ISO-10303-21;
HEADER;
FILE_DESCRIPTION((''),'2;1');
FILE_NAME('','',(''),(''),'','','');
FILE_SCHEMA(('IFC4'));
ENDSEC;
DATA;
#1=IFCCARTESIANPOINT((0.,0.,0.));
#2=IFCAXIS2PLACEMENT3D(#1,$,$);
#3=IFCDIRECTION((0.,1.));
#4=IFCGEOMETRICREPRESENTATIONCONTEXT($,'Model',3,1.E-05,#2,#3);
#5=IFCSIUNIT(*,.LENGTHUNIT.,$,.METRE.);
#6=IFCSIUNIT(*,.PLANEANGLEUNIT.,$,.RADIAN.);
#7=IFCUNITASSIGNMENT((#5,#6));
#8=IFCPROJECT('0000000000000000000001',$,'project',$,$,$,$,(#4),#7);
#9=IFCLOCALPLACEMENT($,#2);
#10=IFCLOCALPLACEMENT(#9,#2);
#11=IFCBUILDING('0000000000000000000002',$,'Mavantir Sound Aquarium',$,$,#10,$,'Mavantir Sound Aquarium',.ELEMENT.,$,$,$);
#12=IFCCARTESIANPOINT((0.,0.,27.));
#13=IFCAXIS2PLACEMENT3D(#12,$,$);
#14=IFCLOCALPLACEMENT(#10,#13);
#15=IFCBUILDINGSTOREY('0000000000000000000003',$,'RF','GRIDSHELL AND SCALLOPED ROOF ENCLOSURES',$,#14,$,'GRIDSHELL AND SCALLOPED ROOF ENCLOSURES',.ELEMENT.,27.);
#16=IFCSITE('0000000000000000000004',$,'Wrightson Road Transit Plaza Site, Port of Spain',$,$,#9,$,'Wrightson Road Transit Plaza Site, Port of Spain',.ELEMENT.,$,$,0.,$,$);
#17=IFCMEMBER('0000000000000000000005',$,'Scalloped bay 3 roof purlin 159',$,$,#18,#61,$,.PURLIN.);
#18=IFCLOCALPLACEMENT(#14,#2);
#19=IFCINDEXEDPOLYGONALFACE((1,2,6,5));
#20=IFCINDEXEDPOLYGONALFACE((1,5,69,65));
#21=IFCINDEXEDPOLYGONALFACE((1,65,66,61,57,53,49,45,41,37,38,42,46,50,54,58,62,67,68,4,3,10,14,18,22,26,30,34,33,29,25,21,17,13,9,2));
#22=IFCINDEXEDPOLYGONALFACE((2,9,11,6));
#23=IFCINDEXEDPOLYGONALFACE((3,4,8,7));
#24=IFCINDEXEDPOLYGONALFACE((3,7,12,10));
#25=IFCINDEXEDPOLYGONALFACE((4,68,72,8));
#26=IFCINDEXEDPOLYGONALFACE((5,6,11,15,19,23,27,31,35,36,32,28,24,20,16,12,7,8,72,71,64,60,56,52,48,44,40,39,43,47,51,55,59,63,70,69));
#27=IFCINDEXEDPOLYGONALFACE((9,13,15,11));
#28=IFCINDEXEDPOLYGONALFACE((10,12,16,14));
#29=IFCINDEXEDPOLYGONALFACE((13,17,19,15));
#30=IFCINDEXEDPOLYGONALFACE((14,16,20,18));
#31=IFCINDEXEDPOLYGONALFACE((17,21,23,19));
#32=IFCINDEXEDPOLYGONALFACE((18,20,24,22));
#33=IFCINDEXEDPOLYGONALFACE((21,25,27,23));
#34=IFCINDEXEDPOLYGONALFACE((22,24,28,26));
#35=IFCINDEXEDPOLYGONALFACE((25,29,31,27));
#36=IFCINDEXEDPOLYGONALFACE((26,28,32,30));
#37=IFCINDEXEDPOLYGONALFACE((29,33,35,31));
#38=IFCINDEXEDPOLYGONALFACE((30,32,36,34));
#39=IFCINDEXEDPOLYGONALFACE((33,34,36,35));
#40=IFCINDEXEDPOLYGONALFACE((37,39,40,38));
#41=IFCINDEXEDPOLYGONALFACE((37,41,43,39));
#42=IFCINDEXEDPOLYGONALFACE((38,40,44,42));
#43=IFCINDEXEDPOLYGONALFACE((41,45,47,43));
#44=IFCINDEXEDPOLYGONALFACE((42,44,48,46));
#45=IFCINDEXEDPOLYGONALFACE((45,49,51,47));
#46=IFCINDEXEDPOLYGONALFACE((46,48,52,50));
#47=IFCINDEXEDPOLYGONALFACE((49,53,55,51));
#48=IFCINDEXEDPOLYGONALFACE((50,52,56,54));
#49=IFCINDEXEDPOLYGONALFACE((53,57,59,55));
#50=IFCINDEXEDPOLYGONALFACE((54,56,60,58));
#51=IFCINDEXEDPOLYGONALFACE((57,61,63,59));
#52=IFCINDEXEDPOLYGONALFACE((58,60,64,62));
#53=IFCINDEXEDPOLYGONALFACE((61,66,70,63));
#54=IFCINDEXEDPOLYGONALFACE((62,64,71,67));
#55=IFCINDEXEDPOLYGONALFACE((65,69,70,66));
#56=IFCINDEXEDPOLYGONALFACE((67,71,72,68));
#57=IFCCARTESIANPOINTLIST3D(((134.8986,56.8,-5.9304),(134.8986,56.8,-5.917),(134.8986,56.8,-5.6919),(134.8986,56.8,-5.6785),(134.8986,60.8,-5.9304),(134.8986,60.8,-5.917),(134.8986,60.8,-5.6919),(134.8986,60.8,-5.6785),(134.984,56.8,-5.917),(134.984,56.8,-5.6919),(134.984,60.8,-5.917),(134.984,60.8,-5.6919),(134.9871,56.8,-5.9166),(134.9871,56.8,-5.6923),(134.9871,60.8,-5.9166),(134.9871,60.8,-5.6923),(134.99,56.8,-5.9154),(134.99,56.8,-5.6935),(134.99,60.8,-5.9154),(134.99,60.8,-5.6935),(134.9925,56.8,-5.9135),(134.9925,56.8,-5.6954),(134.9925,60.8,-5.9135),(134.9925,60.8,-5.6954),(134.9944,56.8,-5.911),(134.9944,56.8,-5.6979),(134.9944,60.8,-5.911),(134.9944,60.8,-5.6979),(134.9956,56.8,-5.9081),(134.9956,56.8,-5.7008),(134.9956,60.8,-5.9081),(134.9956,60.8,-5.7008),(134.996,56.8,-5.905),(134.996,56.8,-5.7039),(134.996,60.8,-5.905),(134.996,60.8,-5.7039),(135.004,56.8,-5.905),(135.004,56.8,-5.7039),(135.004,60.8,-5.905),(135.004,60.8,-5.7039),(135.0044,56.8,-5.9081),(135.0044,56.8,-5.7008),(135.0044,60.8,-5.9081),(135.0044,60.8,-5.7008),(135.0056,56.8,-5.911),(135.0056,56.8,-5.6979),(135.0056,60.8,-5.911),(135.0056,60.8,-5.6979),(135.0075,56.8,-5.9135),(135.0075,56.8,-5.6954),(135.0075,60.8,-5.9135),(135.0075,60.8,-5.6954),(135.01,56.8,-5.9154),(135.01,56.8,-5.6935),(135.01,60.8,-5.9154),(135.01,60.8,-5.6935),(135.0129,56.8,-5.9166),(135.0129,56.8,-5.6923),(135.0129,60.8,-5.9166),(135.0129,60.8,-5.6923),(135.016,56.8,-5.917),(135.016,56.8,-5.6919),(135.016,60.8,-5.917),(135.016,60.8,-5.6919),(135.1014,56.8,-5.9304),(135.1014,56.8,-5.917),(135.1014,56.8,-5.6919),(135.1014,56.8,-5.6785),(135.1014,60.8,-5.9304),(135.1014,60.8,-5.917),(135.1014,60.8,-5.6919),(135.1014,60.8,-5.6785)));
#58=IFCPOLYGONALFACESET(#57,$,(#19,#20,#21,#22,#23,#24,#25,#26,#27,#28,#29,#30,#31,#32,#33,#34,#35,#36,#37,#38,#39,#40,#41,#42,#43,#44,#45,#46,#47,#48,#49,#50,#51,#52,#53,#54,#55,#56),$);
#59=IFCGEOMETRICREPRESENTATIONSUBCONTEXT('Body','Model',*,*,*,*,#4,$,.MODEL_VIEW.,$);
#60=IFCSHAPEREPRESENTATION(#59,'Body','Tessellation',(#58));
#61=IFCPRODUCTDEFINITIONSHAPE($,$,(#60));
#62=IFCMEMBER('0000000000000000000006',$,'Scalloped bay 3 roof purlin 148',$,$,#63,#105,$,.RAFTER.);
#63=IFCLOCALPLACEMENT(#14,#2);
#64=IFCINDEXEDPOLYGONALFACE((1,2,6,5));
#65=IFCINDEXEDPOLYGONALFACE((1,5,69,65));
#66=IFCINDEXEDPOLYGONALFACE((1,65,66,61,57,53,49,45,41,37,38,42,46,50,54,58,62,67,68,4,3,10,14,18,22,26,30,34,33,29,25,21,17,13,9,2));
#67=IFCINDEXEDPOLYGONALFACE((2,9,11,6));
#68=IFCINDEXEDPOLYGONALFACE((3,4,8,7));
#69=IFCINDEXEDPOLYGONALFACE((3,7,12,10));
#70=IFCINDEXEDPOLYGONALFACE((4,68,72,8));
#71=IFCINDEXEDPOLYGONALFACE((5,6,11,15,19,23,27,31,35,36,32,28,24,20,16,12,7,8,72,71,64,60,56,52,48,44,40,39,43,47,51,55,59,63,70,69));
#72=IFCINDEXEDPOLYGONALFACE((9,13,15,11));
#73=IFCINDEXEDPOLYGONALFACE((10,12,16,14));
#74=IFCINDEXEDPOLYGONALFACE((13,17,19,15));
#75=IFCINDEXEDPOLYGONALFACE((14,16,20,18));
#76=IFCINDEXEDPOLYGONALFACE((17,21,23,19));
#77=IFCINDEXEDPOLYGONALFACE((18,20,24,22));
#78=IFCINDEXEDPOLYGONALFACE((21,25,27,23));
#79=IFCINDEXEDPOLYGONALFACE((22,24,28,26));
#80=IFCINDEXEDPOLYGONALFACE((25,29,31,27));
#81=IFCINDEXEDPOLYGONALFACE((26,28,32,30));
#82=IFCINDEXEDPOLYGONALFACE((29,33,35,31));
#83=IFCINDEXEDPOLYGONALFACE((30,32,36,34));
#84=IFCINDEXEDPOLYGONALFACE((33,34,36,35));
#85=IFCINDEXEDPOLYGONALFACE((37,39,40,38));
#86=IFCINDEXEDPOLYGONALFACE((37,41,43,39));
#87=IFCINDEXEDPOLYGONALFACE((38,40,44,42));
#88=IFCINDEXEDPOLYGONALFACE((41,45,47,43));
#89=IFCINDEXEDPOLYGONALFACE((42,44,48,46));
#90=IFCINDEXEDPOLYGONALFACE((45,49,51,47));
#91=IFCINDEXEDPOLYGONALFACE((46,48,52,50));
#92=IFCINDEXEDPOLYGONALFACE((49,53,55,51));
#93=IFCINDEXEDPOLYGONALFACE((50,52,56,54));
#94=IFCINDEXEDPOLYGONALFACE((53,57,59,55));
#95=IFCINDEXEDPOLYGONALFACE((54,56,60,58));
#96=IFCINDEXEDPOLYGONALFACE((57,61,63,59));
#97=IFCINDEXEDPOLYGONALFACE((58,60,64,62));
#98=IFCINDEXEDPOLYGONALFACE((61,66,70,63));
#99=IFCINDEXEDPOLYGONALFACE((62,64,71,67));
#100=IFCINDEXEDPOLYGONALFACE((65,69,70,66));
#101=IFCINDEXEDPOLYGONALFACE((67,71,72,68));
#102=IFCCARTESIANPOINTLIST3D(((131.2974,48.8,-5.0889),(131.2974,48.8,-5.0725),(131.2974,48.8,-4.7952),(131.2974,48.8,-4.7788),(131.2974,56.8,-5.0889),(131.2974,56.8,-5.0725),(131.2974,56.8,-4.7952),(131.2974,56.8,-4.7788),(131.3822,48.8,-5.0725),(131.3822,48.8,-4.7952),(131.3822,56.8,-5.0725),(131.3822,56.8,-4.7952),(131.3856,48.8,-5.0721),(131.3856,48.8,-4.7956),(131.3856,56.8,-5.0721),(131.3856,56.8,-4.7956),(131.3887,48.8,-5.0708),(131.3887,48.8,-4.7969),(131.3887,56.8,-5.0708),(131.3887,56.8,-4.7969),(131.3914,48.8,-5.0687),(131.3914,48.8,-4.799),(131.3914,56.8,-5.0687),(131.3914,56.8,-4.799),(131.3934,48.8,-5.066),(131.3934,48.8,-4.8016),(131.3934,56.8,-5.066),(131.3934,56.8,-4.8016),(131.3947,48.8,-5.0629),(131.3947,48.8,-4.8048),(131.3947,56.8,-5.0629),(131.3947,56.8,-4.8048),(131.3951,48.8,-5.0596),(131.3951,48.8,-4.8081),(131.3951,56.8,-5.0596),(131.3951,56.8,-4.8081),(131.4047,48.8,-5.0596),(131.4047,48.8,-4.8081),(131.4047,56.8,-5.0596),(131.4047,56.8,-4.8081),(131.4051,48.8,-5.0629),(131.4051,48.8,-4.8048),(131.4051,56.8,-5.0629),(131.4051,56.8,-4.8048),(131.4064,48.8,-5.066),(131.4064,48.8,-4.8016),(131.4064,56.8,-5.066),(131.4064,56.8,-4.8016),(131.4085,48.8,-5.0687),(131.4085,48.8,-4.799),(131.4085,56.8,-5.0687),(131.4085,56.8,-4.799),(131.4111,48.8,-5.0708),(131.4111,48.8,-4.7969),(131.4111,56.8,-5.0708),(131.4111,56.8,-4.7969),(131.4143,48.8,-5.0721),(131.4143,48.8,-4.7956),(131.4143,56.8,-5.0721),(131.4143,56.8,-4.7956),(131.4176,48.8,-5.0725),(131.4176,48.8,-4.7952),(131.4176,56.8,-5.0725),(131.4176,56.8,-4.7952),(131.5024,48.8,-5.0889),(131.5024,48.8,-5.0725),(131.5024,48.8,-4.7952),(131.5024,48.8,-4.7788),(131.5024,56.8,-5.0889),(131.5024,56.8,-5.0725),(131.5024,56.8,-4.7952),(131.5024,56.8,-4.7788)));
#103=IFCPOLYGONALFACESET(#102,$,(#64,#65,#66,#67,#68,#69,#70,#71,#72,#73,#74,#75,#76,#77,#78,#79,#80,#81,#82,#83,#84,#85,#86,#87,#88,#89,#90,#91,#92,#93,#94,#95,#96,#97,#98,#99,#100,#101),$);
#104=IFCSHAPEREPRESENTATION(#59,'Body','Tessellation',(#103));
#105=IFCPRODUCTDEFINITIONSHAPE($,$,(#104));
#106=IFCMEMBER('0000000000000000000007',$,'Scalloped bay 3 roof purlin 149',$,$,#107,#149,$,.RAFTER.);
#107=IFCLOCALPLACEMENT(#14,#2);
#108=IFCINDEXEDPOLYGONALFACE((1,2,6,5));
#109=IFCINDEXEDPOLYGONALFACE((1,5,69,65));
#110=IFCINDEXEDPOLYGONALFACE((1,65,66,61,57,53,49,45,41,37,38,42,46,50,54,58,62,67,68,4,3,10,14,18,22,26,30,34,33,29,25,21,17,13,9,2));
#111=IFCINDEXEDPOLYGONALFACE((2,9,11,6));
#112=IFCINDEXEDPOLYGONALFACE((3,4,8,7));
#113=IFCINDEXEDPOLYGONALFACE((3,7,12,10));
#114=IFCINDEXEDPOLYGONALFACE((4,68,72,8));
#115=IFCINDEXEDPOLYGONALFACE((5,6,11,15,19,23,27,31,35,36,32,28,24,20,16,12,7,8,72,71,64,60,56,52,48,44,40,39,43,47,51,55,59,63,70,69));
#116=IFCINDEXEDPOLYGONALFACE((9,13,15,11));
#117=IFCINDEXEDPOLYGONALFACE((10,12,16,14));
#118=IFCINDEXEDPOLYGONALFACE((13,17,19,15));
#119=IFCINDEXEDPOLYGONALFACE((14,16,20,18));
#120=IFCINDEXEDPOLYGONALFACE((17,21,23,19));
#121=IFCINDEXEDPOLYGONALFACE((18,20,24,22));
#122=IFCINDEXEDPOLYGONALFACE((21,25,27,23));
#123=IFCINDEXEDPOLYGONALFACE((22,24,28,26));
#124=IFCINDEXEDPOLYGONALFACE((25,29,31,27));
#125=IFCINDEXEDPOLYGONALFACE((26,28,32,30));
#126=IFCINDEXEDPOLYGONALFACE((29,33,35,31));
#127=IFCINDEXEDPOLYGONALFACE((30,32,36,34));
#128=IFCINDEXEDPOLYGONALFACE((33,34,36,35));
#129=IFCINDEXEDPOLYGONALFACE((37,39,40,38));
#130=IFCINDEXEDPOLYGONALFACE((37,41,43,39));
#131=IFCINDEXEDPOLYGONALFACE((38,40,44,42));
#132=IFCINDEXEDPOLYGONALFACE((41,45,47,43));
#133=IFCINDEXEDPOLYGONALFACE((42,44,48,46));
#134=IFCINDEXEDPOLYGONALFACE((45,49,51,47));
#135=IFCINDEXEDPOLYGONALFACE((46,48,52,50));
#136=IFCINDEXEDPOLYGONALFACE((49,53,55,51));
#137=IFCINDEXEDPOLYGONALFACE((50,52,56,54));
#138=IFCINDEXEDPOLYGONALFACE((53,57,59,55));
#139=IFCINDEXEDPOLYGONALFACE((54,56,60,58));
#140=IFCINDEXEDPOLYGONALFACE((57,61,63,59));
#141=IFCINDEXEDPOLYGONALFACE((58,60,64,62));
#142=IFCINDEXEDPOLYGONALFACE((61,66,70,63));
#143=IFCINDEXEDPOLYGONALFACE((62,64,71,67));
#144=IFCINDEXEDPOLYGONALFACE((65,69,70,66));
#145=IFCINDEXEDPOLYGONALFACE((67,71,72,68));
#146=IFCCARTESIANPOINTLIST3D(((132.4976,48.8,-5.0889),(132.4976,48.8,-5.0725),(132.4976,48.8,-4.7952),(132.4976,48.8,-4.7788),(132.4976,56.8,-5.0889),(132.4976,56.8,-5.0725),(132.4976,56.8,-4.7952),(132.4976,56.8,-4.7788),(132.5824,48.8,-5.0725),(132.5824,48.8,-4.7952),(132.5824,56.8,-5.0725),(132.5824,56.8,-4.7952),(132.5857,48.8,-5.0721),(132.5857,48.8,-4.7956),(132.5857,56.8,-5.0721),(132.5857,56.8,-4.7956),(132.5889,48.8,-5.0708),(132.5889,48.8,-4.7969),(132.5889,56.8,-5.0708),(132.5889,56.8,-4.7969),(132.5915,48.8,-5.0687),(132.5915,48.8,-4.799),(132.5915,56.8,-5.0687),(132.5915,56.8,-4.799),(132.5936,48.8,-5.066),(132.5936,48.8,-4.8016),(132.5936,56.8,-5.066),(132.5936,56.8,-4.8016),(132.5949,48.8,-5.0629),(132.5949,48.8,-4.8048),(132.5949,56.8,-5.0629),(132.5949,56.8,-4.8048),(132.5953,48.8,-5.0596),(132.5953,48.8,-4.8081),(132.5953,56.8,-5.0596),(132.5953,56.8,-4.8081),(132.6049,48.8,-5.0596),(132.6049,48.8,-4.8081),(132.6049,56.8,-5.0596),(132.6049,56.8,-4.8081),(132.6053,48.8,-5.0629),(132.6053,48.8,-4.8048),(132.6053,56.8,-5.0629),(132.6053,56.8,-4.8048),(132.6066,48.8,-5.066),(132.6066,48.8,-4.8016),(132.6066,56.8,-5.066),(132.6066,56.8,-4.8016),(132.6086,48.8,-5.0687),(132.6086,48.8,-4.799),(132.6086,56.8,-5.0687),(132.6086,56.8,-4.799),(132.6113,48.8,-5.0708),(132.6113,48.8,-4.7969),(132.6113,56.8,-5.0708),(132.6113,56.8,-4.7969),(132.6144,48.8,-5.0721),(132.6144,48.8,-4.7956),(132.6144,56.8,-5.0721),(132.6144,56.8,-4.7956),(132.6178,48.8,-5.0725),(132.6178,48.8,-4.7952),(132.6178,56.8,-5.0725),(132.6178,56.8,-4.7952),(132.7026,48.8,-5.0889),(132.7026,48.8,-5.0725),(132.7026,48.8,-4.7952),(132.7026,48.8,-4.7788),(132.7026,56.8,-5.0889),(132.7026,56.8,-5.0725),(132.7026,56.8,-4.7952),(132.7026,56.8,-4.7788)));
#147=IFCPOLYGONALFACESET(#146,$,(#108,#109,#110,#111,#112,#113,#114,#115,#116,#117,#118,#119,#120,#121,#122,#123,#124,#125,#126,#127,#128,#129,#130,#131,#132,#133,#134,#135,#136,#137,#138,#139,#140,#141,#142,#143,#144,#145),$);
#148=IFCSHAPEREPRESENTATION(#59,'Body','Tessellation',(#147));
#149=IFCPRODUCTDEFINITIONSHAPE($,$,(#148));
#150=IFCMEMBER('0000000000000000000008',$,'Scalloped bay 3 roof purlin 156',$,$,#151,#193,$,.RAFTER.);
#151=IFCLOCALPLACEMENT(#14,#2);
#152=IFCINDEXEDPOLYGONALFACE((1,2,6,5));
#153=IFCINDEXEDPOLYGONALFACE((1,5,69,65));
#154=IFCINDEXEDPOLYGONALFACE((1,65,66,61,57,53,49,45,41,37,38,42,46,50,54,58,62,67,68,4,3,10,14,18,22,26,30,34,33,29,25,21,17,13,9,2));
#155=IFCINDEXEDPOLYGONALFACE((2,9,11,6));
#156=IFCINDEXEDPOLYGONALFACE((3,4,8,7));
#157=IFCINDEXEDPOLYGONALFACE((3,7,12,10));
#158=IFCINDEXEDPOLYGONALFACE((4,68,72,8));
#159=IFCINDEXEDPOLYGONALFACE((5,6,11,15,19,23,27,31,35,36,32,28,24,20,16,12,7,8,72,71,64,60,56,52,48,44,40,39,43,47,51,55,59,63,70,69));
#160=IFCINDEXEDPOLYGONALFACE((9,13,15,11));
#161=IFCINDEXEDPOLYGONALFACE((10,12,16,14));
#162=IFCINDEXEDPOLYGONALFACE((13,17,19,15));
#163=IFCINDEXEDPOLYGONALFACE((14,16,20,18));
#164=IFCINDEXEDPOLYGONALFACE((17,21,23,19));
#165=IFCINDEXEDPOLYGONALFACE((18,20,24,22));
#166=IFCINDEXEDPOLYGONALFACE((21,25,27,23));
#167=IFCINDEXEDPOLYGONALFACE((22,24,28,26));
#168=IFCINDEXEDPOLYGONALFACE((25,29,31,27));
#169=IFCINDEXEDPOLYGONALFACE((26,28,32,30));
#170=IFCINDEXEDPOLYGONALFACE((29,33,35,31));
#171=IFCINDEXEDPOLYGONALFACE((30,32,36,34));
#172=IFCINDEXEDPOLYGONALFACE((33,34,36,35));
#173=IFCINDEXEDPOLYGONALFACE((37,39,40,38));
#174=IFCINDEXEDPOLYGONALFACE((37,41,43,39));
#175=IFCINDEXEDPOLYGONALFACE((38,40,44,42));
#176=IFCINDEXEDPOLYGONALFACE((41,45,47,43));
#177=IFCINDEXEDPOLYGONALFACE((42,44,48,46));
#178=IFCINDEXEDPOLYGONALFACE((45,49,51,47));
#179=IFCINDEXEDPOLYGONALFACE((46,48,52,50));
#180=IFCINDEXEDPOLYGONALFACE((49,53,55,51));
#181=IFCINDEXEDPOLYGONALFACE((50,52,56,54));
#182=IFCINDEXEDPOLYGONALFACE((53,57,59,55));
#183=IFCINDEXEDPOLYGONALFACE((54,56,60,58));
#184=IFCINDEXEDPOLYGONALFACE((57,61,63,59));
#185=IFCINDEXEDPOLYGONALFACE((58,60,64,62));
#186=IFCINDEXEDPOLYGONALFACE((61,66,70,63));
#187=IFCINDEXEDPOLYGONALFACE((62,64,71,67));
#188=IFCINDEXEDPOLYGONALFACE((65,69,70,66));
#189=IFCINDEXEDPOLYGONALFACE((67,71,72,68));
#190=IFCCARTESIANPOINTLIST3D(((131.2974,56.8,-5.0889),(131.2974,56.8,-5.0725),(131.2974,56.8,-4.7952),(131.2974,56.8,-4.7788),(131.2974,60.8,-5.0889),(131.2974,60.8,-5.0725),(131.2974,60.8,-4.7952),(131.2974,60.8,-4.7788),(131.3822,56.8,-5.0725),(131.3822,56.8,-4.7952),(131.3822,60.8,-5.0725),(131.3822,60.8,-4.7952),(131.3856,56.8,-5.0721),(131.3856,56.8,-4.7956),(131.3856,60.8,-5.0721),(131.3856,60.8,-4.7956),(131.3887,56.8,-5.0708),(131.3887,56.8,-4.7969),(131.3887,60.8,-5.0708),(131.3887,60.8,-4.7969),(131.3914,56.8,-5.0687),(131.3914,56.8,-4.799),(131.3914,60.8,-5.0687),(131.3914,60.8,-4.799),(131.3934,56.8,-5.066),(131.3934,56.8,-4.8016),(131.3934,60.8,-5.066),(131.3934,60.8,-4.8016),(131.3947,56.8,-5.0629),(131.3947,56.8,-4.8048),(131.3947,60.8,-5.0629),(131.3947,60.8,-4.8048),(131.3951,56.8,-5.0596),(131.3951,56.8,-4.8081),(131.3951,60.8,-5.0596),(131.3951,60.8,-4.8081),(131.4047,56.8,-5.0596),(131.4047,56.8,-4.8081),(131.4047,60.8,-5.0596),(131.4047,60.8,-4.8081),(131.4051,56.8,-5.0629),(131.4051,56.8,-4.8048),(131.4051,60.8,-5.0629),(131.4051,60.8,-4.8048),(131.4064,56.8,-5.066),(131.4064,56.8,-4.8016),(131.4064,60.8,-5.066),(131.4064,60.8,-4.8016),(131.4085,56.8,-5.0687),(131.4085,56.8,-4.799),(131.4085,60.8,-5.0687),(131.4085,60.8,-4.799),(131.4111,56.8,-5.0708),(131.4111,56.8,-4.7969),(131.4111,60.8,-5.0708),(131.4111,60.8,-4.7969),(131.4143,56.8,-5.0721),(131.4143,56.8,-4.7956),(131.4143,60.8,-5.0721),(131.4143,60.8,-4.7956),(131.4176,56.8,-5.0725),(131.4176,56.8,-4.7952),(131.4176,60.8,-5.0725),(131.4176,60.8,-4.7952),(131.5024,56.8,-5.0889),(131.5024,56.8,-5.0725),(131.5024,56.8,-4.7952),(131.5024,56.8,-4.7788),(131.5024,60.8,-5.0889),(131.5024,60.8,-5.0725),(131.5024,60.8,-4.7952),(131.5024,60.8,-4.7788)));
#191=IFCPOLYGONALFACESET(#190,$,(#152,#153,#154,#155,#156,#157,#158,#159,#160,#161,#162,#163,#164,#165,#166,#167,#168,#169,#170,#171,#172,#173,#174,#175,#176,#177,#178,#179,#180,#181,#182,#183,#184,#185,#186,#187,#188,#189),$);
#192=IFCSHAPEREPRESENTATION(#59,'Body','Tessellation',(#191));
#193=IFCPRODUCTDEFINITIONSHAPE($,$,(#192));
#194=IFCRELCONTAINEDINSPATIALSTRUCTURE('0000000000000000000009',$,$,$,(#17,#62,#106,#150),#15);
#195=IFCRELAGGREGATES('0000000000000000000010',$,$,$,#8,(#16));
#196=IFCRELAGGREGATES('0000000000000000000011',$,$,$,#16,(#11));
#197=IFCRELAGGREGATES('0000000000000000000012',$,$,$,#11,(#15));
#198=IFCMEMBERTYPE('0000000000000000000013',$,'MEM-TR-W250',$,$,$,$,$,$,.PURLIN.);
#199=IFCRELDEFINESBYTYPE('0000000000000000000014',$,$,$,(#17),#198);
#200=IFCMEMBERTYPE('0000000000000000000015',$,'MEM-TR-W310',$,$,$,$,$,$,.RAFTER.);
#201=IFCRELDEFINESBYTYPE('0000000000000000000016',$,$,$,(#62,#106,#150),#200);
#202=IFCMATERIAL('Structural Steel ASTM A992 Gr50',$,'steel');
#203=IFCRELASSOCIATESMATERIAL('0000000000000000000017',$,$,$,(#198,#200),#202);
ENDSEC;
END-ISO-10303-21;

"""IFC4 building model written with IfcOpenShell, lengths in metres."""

from ifc_helpers import new_model, si_unit, direction, frame, origin, origin_2d, place, context, subcontext, project, spatial, i_section, extrude, material, material_profile, profile_set, type_object, element, save


model = new_model("IFC4")

# Units and contexts
model_context = context("Model", 3, precision=1e-05, world=origin(), true_north=direction((0.0, 1.0)))
body_context = subcontext(model_context, "Body", "Model", "MODEL_VIEW")
ifc_project = project(units=[si_unit("LENGTHUNIT", "METRE"), si_unit("PLANEANGLEUNIT", "RADIAN")], contexts=[model_context])

# Site, building, storey
site_placement = place(None, origin())
site = spatial("IfcSite", under=ifc_project, at=site_placement, Name="Wrightson Road Transit Plaza Site, Port of Spain", LongName="Wrightson Road Transit Plaza Site, Port of Spain", CompositionType="ELEMENT", RefElevation=0.0)
building_placement = place(site_placement, origin())
building = spatial("IfcBuilding", under=site, at=building_placement, Name="Mavantir Sound Aquarium", LongName="Mavantir Sound Aquarium", CompositionType="ELEMENT")
storey_placement = place(building_placement, frame((0.0, 0.0, 27.0)))
storey = spatial("IfcBuildingStorey", under=building, at=storey_placement, Name="RF", Description="GRIDSHELL AND SCALLOPED ROOF ENCLOSURES", LongName="GRIDSHELL AND SCALLOPED ROOF ENCLOSURES", CompositionType="ELEMENT", Elevation=27.0)

# Members
ifc_material_1 = material(Name="Structural Steel ASTM A992 Gr50", Category="steel")
ifc_material_profile_1 = material_profile(ifc_material_1, i_section(OverallWidth=0.2029, OverallDepth=0.252, WebThickness=0.0081, FlangeThickness=0.0134, FilletRadius=0.012, at=origin_2d()), Name="W250X58")
ifc_profile_set_1 = profile_set([ifc_material_profile_1], Name="Structural Steel ASTM A992 Gr50")
member_type_1 = type_object("IfcMemberType", Name="MEM-TR-W250", PredefinedType="PURLIN", material=ifc_profile_set_1)
for number, where, z_axis, x_axis, name in (
    (1, (135.0, 56.8, -5.8044), (0.0, 1.0, 0.0), (-1.0, 0.0, 0.0), "Scalloped bay 3 roof purlin 159"),
):
    element("IfcMember", number, at=place(storey_placement, frame(where, z_axis=z_axis, x_axis=x_axis)), inside=storey, type_object=member_type_1, Name=name, PredefinedType="PURLIN", context=body_context, shape_type="SweptSolid", body=[
        extrude(i_section(OverallWidth=0.2029, OverallDepth=0.252, WebThickness=0.0081, FlangeThickness=0.0134, FilletRadius=0.012, at=origin_2d()), origin(), (0.0, 0.0, 1.0), 4.0),
    ])
ifc_material_profile_2 = material_profile(ifc_material_1, i_section(OverallWidth=0.2051, OverallDepth=0.3101, WebThickness=0.0095, FlangeThickness=0.0164, FilletRadius=0.0129, at=origin_2d()), Name="W310X74")
ifc_profile_set_2 = profile_set([ifc_material_profile_2], Name="Structural Steel ASTM A992 Gr50")
member_type_2 = type_object("IfcMemberType", Name="MEM-TR-W310", PredefinedType="RAFTER", material=ifc_profile_set_2)
for number, where, z_axis, x_axis, name in (
    (2, (131.3999, 48.8, -4.9338), (0.0, 1.0, 0.0), (-1.0, 0.0, 0.0), "Scalloped bay 3 roof purlin 148"),
    (3, (132.6001, 48.8, -4.9338), (0.0, 1.0, 0.0), (-1.0, 0.0, 0.0), "Scalloped bay 3 roof purlin 149"),
):
    element("IfcMember", number, at=place(storey_placement, frame(where, z_axis=z_axis, x_axis=x_axis)), inside=storey, type_object=member_type_2, Name=name, PredefinedType="RAFTER", context=body_context, shape_type="SweptSolid", body=[
        extrude(i_section(OverallWidth=0.2051, OverallDepth=0.3101, WebThickness=0.0095, FlangeThickness=0.0164, FilletRadius=0.0129, at=origin_2d()), origin(), (0.0, 0.0, 1.0), 8.0),
    ])
for number, where, z_axis, x_axis, name in (
    (4, (131.3999, 56.8, -4.9338), (0.0, 1.0, 0.0), (-1.0, 0.0, 0.0), "Scalloped bay 3 roof purlin 156"),
):
    element("IfcMember", number, at=place(storey_placement, frame(where, z_axis=z_axis, x_axis=x_axis)), inside=storey, type_object=member_type_2, Name=name, PredefinedType="RAFTER", context=body_context, shape_type="SweptSolid", body=[
        extrude(i_section(OverallWidth=0.2051, OverallDepth=0.3101, WebThickness=0.0095, FlangeThickness=0.0164, FilletRadius=0.0129, at=origin_2d()), origin(), (0.0, 0.0, 1.0), 4.0),
    ])

save(model, "model.ifc")
